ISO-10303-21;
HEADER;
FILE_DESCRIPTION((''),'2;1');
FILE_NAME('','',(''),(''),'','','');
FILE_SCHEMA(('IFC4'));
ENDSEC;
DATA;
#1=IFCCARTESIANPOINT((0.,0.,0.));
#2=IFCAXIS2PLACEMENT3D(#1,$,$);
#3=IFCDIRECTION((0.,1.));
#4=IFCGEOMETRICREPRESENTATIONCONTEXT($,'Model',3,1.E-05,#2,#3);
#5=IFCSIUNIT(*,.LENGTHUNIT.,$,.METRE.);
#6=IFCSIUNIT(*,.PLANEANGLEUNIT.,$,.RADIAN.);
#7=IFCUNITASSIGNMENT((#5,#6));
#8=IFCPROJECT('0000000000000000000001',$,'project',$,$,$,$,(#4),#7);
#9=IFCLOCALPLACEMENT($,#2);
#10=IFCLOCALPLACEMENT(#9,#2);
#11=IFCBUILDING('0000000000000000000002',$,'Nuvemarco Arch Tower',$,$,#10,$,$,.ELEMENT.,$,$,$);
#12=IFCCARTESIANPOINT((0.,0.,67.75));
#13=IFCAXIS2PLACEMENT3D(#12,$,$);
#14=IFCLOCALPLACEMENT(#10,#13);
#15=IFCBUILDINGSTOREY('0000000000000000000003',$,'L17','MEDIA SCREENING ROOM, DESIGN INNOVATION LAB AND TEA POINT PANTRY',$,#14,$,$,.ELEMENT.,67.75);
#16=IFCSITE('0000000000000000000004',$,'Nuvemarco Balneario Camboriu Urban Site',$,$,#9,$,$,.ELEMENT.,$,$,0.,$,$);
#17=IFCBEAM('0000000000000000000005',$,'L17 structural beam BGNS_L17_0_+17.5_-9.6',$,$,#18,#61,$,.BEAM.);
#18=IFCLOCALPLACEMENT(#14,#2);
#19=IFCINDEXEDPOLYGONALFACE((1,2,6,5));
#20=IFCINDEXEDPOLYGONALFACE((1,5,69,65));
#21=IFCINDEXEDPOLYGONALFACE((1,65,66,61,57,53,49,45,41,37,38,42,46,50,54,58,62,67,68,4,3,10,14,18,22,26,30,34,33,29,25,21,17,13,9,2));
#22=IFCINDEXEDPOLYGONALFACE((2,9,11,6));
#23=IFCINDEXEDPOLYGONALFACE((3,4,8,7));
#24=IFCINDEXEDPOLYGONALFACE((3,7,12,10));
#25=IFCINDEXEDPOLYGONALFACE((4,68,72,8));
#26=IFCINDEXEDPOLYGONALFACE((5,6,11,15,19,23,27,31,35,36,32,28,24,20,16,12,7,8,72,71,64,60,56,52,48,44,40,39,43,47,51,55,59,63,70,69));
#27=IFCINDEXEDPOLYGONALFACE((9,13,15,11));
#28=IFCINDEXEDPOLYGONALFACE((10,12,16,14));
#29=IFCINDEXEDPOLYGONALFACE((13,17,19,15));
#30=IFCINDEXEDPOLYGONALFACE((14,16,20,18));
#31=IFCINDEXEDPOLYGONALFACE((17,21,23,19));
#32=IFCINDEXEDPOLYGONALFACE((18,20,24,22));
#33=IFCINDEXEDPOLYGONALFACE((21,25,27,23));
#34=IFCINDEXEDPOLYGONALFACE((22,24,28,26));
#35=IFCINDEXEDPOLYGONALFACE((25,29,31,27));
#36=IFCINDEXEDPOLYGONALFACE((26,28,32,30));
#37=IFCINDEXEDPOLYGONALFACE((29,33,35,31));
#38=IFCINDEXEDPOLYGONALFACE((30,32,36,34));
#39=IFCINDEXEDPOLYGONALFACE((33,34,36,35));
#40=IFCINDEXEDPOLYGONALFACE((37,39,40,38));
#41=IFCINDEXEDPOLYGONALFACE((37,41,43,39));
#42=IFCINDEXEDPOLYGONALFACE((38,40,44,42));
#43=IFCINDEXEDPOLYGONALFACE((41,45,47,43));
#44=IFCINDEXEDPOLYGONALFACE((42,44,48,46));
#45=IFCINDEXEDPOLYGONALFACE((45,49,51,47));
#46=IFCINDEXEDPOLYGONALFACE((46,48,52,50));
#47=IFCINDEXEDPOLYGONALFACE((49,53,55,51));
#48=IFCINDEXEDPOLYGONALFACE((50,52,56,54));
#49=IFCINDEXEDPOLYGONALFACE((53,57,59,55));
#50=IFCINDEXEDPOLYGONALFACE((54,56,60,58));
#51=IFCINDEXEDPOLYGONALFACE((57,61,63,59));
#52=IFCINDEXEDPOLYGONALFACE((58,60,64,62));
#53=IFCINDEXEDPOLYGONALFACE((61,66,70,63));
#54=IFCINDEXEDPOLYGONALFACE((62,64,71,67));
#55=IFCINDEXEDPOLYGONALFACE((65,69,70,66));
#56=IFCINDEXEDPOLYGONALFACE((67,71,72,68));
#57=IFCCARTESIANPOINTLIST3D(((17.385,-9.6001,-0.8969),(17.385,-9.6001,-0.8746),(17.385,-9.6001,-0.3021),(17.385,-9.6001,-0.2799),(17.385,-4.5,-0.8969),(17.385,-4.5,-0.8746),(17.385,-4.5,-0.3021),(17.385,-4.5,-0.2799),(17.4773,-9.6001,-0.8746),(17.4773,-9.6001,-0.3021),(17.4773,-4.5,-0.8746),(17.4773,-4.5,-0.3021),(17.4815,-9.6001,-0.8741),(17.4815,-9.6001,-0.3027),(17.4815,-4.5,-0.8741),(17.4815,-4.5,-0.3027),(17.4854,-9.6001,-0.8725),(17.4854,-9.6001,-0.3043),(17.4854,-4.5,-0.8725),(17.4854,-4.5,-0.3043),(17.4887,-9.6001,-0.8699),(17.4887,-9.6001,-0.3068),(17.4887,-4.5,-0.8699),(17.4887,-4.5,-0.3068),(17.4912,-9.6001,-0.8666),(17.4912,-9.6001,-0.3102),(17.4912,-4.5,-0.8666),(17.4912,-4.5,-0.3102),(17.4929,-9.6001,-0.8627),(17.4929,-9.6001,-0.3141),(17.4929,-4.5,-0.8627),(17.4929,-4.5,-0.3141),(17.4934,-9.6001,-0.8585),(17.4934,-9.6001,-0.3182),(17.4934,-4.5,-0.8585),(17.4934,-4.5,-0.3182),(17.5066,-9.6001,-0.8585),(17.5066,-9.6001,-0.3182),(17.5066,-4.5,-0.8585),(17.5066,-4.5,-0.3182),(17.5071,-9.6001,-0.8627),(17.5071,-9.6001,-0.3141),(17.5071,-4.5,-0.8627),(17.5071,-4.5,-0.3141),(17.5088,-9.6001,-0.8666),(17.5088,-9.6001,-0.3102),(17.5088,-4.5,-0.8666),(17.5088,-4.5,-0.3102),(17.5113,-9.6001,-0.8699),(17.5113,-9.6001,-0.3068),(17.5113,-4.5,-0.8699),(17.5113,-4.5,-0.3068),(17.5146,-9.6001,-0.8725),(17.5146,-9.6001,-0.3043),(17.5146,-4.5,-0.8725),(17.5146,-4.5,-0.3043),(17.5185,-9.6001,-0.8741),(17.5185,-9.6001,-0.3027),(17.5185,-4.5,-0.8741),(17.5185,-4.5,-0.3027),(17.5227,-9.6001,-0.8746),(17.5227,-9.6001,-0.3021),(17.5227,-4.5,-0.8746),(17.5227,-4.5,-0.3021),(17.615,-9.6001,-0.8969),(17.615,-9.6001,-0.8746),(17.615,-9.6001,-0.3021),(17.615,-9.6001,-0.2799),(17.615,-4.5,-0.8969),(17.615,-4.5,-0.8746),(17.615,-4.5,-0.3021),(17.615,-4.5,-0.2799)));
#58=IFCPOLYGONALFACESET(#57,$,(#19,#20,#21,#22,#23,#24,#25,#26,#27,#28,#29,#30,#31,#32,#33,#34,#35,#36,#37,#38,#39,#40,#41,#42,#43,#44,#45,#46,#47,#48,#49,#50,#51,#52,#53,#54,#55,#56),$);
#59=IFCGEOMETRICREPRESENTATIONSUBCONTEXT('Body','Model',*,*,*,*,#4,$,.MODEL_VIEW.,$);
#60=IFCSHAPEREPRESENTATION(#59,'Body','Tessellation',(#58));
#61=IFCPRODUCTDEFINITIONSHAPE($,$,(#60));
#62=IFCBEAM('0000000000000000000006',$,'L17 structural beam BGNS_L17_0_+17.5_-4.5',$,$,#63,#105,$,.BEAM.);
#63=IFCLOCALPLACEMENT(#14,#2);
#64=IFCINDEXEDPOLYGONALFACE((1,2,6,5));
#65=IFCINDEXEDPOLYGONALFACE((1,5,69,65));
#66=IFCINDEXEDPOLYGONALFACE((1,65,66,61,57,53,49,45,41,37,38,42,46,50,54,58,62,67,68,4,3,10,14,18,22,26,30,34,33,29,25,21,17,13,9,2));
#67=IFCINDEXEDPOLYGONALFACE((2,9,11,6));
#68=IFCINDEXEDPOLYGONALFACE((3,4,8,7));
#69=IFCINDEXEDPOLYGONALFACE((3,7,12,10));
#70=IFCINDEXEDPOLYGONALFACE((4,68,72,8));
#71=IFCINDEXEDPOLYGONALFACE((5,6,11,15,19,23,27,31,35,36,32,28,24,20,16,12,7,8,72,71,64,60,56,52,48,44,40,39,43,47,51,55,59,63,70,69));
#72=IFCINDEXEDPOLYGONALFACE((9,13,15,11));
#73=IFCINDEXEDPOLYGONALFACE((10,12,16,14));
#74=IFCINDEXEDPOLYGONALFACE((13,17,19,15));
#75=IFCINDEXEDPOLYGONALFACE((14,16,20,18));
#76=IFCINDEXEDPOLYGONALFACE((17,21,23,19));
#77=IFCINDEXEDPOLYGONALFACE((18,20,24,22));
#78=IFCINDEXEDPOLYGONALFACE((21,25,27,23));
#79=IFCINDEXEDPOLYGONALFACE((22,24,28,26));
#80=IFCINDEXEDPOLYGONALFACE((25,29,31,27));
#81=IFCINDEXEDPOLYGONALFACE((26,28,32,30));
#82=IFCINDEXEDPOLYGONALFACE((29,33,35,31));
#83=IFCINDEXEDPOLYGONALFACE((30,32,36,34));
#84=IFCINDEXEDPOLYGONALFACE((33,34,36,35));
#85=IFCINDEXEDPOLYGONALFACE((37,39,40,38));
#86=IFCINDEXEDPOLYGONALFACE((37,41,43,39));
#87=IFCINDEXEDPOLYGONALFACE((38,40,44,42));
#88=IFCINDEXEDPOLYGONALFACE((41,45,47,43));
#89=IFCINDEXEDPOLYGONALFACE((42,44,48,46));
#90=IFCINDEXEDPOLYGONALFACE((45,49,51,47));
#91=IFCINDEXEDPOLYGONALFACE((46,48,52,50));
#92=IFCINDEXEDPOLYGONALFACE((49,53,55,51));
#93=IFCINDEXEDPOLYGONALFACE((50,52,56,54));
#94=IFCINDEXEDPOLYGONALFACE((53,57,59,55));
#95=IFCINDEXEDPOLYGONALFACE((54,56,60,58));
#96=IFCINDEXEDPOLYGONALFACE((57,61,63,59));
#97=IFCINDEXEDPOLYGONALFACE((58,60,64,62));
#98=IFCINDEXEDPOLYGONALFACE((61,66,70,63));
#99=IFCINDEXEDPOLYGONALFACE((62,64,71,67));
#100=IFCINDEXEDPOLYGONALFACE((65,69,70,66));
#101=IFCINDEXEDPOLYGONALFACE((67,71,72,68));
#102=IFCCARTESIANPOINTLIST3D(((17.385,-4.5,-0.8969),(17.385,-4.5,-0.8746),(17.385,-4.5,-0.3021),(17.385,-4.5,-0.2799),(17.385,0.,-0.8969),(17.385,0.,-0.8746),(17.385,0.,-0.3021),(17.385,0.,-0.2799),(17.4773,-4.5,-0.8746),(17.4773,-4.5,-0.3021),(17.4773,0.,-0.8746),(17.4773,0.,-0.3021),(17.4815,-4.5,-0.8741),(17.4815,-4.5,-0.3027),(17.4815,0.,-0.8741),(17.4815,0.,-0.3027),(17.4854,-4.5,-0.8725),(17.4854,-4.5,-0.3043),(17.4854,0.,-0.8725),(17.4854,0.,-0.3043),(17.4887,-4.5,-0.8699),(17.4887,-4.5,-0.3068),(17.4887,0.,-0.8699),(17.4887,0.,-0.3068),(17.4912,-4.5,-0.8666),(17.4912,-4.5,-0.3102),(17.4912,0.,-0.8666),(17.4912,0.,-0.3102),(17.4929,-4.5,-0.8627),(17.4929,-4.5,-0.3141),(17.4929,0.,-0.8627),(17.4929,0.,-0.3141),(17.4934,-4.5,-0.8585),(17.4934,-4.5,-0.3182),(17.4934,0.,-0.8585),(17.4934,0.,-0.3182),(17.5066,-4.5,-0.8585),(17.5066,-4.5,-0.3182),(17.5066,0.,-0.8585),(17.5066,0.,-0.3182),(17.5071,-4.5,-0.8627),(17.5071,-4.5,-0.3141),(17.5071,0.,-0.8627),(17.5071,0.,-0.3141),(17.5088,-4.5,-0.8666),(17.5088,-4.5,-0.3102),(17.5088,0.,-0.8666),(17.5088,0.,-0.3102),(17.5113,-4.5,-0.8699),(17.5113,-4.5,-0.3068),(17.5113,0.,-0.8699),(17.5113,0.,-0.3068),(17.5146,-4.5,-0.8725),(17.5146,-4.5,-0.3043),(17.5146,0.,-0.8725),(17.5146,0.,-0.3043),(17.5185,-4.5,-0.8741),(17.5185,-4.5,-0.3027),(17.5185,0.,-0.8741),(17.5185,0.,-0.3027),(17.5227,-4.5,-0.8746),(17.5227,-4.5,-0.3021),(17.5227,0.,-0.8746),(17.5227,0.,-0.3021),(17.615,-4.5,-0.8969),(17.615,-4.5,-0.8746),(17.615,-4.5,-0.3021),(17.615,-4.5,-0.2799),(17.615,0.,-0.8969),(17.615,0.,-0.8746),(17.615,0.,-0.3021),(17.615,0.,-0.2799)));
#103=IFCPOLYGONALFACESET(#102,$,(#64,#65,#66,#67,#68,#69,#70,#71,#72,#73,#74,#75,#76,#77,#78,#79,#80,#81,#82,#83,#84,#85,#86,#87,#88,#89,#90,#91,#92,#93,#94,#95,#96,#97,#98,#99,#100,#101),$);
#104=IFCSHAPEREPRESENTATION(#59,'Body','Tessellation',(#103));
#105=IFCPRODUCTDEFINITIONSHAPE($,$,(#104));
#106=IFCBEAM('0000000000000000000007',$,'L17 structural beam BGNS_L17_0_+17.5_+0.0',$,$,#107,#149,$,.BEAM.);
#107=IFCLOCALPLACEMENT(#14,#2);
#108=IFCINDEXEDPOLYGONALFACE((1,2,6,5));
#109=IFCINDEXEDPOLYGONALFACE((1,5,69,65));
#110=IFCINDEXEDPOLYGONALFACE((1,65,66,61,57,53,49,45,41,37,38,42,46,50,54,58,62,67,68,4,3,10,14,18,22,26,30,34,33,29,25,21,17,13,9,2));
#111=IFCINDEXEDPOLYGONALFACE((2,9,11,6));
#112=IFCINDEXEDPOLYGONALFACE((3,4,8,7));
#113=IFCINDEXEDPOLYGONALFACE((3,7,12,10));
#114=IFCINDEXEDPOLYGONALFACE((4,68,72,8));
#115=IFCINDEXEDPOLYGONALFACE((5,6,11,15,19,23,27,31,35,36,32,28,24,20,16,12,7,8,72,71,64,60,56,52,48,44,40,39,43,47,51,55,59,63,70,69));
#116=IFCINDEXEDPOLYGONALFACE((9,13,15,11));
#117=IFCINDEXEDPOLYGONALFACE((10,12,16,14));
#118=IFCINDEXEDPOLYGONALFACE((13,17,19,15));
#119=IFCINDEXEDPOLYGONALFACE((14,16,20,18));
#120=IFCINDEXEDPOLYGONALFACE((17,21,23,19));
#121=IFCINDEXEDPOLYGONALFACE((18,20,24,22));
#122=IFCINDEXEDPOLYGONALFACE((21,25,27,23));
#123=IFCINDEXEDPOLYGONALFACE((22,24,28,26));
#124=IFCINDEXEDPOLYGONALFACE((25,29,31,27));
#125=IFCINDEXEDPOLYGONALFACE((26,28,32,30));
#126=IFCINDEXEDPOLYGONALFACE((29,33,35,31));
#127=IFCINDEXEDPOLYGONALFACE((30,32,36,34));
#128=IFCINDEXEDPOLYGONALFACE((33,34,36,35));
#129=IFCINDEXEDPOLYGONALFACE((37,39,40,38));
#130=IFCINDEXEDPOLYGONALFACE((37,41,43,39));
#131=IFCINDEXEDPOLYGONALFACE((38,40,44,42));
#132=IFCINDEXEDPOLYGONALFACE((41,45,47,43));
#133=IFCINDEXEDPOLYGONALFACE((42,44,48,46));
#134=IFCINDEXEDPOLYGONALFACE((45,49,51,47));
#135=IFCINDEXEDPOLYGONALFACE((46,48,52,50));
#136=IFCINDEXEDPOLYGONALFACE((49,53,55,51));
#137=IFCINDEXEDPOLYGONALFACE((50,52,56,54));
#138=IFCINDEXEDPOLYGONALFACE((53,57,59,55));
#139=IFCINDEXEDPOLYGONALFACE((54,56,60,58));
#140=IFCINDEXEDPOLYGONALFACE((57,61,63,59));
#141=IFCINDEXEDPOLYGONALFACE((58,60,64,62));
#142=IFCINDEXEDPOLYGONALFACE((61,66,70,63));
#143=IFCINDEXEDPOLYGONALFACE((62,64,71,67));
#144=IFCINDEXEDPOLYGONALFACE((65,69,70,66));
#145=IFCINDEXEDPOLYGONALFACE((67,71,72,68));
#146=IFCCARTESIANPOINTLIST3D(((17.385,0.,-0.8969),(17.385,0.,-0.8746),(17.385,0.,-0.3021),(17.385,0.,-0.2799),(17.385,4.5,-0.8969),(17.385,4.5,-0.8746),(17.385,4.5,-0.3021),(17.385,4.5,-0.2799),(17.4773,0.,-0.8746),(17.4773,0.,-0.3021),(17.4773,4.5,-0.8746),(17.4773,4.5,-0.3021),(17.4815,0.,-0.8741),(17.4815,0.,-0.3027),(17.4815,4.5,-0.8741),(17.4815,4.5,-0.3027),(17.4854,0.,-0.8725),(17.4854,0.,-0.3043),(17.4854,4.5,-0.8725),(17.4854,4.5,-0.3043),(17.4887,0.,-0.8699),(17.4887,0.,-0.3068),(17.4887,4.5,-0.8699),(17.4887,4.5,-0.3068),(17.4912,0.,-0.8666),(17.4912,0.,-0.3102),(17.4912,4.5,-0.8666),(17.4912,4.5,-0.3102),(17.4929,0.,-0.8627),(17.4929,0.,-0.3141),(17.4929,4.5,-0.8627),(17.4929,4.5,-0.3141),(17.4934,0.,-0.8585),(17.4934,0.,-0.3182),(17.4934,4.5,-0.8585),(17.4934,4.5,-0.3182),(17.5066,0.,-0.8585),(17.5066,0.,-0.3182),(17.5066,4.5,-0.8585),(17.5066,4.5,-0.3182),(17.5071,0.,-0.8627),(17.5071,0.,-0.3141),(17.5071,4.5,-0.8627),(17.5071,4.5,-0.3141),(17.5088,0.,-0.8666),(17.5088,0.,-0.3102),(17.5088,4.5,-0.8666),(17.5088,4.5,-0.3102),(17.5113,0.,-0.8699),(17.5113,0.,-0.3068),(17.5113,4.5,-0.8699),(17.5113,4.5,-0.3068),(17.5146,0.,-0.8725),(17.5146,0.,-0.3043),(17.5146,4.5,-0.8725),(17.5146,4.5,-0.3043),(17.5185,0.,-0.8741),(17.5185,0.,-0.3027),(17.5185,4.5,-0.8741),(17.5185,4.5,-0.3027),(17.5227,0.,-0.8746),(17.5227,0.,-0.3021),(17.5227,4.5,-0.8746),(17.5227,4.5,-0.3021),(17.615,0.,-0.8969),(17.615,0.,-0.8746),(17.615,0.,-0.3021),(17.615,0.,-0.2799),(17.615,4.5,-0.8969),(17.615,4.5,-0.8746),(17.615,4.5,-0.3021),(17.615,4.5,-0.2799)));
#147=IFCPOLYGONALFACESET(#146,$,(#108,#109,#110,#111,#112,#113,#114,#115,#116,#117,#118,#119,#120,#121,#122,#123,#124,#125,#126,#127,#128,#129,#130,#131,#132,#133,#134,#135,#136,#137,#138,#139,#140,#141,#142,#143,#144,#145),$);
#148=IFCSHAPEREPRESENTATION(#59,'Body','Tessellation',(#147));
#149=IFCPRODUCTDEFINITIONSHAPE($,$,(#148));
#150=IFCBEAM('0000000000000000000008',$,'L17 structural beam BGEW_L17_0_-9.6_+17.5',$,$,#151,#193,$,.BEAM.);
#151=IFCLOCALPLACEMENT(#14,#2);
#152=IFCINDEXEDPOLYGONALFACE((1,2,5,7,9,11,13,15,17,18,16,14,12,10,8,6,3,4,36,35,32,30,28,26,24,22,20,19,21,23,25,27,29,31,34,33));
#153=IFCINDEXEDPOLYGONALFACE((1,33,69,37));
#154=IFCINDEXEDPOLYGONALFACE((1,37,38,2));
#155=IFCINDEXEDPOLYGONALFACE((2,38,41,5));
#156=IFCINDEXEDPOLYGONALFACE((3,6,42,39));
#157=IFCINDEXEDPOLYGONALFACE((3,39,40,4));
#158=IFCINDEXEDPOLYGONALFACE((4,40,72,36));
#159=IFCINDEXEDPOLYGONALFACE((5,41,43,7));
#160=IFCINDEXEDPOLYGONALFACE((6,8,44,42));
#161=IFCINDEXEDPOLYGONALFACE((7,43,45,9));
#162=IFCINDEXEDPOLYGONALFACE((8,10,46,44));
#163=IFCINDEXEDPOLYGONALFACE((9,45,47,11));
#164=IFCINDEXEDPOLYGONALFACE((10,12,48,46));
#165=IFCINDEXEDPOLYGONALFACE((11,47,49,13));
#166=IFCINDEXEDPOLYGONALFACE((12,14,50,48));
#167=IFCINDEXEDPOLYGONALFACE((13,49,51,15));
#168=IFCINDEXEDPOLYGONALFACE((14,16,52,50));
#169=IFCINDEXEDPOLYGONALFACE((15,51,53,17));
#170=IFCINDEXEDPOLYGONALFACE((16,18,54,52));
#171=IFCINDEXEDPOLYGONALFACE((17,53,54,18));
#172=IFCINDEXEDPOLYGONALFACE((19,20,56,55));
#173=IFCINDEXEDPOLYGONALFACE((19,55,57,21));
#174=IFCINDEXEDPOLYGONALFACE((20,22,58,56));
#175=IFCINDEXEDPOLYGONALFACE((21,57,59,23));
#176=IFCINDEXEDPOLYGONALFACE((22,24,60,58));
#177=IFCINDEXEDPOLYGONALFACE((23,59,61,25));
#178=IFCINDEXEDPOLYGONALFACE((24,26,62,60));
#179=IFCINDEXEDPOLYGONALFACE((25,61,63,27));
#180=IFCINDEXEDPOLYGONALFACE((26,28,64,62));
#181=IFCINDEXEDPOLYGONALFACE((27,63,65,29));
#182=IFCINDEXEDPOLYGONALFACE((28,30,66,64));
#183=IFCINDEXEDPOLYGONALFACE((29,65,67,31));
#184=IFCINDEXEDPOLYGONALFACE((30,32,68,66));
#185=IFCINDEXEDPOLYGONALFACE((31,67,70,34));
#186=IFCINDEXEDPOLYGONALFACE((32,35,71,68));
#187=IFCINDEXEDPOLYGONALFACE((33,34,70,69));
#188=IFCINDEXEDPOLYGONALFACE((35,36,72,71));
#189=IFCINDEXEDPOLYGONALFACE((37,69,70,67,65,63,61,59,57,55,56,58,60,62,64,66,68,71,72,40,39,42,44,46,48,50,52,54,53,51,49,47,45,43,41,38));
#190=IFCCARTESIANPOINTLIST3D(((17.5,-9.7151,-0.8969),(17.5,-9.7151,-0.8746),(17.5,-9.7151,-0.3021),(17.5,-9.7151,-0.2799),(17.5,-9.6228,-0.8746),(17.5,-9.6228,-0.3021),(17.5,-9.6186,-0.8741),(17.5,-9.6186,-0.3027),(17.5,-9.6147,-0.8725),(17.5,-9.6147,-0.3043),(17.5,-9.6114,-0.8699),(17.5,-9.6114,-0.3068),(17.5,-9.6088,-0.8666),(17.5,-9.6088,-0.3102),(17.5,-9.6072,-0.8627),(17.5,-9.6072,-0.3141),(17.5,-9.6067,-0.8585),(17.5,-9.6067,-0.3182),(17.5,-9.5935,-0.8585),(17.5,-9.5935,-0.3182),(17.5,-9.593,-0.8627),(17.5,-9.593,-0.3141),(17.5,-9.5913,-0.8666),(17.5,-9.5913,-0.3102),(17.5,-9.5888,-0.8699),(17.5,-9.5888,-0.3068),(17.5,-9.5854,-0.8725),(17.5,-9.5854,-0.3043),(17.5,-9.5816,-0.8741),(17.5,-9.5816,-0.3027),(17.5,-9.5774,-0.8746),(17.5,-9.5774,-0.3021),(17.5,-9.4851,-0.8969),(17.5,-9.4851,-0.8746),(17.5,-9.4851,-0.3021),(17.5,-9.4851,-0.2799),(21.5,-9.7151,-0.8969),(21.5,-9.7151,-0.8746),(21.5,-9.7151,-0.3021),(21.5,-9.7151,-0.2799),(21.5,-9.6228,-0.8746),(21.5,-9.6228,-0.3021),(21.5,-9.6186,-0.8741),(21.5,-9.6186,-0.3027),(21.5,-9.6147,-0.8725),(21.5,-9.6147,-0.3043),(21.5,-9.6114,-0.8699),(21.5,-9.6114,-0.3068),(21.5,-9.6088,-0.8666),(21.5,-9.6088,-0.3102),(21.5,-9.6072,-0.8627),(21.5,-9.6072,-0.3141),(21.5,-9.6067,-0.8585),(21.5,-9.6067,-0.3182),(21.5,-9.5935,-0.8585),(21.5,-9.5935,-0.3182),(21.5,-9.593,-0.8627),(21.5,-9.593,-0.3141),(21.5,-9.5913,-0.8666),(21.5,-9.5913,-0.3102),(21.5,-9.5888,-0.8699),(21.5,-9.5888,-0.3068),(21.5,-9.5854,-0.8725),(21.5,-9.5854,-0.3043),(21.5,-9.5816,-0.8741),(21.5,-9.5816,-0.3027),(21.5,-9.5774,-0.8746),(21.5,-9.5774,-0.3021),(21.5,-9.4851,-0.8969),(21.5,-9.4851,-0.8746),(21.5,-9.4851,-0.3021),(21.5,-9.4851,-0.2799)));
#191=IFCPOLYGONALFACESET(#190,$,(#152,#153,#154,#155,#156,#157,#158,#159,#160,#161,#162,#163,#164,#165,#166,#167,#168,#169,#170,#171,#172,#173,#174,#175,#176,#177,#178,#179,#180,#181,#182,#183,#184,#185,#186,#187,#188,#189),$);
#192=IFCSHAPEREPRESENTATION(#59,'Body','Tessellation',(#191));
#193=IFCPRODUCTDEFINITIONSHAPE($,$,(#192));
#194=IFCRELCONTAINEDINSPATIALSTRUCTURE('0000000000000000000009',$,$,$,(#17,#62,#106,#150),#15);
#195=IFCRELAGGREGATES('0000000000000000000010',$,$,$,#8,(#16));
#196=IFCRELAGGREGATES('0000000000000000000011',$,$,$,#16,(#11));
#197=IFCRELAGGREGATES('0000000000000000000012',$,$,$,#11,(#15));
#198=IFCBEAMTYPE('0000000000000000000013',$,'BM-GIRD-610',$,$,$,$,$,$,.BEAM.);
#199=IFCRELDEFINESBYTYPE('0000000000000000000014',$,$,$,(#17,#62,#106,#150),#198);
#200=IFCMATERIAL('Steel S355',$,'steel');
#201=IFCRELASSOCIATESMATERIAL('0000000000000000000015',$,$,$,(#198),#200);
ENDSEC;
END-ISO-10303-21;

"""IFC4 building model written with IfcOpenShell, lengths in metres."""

from ifc_helpers import new_model, si_unit, direction, frame, origin, origin_2d, place, context, subcontext, project, spatial, i_section, extrude, material, material_profile, profile_set, type_object, element, save


model = new_model("IFC4")

# Units and contexts
model_context = context("Model", 3, precision=1e-05, world=origin(), true_north=direction((0.0, 1.0)))
body_context = subcontext(model_context, "Body", "Model", "MODEL_VIEW")
ifc_project = project(units=[si_unit("LENGTHUNIT", "METRE"), si_unit("PLANEANGLEUNIT", "RADIAN")], contexts=[model_context])

# Site, building, storey
site_placement = place(None, origin())
site = spatial("IfcSite", under=ifc_project, at=site_placement, Name="Nuvemarco Balneario Camboriu Urban Site", CompositionType="ELEMENT", RefElevation=0.0)
building_placement = place(site_placement, origin())
building = spatial("IfcBuilding", under=site, at=building_placement, Name="Nuvemarco Arch Tower", CompositionType="ELEMENT")
storey_placement = place(building_placement, frame((0.0, 0.0, 67.75)))
storey = spatial("IfcBuildingStorey", under=building, at=storey_placement, Name="L17", Description="MEDIA SCREENING ROOM, DESIGN INNOVATION LAB AND TEA POINT PANTRY", CompositionType="ELEMENT", Elevation=67.75)

# Beams
ifc_material_1 = material(Name="Steel S355", Category="steel")
ifc_material_profile_1 = material_profile(ifc_material_1, i_section(OverallWidth=0.23, OverallDepth=0.6169, WebThickness=0.0132, FlangeThickness=0.0222, FilletRadius=0.0161, at=origin_2d()), Name="W610x140")
ifc_profile_set_1 = profile_set([ifc_material_profile_1], Name="Steel S355")
beam_type_1 = type_object("IfcBeamType", Name="BM-GIRD-610", PredefinedType="BEAM", material=ifc_profile_set_1)
beam_1_placement = place(storey_placement, frame((17.5, -9.6001, -0.5884), z_axis=(0.0, 1.0, 0.0), x_axis=(-1.0, 0.0, 0.0)))
element("IfcBeam", 1, at=beam_1_placement, inside=storey, type_object=beam_type_1, Name="L17 structural beam BGNS_L17_0_+17.5_-9.6", PredefinedType="BEAM", context=body_context, shape_type="SweptSolid", body=[
    extrude(i_section(OverallWidth=0.23, OverallDepth=0.6169, WebThickness=0.0132, FlangeThickness=0.0222, FilletRadius=0.0161, at=origin_2d()), origin(), (0.0, 0.0, 1.0), 5.1001),
])
for number, where, z_axis, x_axis, name in (
    (2, (17.5, -4.5, -0.5884), (0.0, 1.0, 0.0), (-1.0, 0.0, 0.0), "L17 structural beam BGNS_L17_0_+17.5_-4.5"),
    (3, (17.5, 0.0, -0.5884), (0.0, 1.0, 0.0), (-1.0, 0.0, 0.0), "L17 structural beam BGNS_L17_0_+17.5_+0.0"),
):
    element("IfcBeam", number, at=place(storey_placement, frame(where, z_axis=z_axis, x_axis=x_axis)), inside=storey, type_object=beam_type_1, Name=name, PredefinedType="BEAM", context=body_context, shape_type="SweptSolid", body=[
        extrude(i_section(OverallWidth=0.23, OverallDepth=0.6169, WebThickness=0.0132, FlangeThickness=0.0222, FilletRadius=0.0161, at=origin_2d()), origin(), (0.0, 0.0, 1.0), 4.5),
    ])
beam_2_placement = place(storey_placement, frame((17.5, -9.6001, -0.5884), z_axis=(1.0, 0.0, 0.0), x_axis=(0.0, 1.0, 0.0)))
element("IfcBeam", 4, at=beam_2_placement, inside=storey, type_object=beam_type_1, Name="L17 structural beam BGEW_L17_0_-9.6_+17.5", PredefinedType="BEAM", context=body_context, shape_type="SweptSolid", body=[
    extrude(i_section(OverallWidth=0.23, OverallDepth=0.6169, WebThickness=0.0132, FlangeThickness=0.0222, FilletRadius=0.0161, at=origin_2d()), origin(), (0.0, 0.0, 1.0), 4.0),
])

save(model, "model.ifc")
